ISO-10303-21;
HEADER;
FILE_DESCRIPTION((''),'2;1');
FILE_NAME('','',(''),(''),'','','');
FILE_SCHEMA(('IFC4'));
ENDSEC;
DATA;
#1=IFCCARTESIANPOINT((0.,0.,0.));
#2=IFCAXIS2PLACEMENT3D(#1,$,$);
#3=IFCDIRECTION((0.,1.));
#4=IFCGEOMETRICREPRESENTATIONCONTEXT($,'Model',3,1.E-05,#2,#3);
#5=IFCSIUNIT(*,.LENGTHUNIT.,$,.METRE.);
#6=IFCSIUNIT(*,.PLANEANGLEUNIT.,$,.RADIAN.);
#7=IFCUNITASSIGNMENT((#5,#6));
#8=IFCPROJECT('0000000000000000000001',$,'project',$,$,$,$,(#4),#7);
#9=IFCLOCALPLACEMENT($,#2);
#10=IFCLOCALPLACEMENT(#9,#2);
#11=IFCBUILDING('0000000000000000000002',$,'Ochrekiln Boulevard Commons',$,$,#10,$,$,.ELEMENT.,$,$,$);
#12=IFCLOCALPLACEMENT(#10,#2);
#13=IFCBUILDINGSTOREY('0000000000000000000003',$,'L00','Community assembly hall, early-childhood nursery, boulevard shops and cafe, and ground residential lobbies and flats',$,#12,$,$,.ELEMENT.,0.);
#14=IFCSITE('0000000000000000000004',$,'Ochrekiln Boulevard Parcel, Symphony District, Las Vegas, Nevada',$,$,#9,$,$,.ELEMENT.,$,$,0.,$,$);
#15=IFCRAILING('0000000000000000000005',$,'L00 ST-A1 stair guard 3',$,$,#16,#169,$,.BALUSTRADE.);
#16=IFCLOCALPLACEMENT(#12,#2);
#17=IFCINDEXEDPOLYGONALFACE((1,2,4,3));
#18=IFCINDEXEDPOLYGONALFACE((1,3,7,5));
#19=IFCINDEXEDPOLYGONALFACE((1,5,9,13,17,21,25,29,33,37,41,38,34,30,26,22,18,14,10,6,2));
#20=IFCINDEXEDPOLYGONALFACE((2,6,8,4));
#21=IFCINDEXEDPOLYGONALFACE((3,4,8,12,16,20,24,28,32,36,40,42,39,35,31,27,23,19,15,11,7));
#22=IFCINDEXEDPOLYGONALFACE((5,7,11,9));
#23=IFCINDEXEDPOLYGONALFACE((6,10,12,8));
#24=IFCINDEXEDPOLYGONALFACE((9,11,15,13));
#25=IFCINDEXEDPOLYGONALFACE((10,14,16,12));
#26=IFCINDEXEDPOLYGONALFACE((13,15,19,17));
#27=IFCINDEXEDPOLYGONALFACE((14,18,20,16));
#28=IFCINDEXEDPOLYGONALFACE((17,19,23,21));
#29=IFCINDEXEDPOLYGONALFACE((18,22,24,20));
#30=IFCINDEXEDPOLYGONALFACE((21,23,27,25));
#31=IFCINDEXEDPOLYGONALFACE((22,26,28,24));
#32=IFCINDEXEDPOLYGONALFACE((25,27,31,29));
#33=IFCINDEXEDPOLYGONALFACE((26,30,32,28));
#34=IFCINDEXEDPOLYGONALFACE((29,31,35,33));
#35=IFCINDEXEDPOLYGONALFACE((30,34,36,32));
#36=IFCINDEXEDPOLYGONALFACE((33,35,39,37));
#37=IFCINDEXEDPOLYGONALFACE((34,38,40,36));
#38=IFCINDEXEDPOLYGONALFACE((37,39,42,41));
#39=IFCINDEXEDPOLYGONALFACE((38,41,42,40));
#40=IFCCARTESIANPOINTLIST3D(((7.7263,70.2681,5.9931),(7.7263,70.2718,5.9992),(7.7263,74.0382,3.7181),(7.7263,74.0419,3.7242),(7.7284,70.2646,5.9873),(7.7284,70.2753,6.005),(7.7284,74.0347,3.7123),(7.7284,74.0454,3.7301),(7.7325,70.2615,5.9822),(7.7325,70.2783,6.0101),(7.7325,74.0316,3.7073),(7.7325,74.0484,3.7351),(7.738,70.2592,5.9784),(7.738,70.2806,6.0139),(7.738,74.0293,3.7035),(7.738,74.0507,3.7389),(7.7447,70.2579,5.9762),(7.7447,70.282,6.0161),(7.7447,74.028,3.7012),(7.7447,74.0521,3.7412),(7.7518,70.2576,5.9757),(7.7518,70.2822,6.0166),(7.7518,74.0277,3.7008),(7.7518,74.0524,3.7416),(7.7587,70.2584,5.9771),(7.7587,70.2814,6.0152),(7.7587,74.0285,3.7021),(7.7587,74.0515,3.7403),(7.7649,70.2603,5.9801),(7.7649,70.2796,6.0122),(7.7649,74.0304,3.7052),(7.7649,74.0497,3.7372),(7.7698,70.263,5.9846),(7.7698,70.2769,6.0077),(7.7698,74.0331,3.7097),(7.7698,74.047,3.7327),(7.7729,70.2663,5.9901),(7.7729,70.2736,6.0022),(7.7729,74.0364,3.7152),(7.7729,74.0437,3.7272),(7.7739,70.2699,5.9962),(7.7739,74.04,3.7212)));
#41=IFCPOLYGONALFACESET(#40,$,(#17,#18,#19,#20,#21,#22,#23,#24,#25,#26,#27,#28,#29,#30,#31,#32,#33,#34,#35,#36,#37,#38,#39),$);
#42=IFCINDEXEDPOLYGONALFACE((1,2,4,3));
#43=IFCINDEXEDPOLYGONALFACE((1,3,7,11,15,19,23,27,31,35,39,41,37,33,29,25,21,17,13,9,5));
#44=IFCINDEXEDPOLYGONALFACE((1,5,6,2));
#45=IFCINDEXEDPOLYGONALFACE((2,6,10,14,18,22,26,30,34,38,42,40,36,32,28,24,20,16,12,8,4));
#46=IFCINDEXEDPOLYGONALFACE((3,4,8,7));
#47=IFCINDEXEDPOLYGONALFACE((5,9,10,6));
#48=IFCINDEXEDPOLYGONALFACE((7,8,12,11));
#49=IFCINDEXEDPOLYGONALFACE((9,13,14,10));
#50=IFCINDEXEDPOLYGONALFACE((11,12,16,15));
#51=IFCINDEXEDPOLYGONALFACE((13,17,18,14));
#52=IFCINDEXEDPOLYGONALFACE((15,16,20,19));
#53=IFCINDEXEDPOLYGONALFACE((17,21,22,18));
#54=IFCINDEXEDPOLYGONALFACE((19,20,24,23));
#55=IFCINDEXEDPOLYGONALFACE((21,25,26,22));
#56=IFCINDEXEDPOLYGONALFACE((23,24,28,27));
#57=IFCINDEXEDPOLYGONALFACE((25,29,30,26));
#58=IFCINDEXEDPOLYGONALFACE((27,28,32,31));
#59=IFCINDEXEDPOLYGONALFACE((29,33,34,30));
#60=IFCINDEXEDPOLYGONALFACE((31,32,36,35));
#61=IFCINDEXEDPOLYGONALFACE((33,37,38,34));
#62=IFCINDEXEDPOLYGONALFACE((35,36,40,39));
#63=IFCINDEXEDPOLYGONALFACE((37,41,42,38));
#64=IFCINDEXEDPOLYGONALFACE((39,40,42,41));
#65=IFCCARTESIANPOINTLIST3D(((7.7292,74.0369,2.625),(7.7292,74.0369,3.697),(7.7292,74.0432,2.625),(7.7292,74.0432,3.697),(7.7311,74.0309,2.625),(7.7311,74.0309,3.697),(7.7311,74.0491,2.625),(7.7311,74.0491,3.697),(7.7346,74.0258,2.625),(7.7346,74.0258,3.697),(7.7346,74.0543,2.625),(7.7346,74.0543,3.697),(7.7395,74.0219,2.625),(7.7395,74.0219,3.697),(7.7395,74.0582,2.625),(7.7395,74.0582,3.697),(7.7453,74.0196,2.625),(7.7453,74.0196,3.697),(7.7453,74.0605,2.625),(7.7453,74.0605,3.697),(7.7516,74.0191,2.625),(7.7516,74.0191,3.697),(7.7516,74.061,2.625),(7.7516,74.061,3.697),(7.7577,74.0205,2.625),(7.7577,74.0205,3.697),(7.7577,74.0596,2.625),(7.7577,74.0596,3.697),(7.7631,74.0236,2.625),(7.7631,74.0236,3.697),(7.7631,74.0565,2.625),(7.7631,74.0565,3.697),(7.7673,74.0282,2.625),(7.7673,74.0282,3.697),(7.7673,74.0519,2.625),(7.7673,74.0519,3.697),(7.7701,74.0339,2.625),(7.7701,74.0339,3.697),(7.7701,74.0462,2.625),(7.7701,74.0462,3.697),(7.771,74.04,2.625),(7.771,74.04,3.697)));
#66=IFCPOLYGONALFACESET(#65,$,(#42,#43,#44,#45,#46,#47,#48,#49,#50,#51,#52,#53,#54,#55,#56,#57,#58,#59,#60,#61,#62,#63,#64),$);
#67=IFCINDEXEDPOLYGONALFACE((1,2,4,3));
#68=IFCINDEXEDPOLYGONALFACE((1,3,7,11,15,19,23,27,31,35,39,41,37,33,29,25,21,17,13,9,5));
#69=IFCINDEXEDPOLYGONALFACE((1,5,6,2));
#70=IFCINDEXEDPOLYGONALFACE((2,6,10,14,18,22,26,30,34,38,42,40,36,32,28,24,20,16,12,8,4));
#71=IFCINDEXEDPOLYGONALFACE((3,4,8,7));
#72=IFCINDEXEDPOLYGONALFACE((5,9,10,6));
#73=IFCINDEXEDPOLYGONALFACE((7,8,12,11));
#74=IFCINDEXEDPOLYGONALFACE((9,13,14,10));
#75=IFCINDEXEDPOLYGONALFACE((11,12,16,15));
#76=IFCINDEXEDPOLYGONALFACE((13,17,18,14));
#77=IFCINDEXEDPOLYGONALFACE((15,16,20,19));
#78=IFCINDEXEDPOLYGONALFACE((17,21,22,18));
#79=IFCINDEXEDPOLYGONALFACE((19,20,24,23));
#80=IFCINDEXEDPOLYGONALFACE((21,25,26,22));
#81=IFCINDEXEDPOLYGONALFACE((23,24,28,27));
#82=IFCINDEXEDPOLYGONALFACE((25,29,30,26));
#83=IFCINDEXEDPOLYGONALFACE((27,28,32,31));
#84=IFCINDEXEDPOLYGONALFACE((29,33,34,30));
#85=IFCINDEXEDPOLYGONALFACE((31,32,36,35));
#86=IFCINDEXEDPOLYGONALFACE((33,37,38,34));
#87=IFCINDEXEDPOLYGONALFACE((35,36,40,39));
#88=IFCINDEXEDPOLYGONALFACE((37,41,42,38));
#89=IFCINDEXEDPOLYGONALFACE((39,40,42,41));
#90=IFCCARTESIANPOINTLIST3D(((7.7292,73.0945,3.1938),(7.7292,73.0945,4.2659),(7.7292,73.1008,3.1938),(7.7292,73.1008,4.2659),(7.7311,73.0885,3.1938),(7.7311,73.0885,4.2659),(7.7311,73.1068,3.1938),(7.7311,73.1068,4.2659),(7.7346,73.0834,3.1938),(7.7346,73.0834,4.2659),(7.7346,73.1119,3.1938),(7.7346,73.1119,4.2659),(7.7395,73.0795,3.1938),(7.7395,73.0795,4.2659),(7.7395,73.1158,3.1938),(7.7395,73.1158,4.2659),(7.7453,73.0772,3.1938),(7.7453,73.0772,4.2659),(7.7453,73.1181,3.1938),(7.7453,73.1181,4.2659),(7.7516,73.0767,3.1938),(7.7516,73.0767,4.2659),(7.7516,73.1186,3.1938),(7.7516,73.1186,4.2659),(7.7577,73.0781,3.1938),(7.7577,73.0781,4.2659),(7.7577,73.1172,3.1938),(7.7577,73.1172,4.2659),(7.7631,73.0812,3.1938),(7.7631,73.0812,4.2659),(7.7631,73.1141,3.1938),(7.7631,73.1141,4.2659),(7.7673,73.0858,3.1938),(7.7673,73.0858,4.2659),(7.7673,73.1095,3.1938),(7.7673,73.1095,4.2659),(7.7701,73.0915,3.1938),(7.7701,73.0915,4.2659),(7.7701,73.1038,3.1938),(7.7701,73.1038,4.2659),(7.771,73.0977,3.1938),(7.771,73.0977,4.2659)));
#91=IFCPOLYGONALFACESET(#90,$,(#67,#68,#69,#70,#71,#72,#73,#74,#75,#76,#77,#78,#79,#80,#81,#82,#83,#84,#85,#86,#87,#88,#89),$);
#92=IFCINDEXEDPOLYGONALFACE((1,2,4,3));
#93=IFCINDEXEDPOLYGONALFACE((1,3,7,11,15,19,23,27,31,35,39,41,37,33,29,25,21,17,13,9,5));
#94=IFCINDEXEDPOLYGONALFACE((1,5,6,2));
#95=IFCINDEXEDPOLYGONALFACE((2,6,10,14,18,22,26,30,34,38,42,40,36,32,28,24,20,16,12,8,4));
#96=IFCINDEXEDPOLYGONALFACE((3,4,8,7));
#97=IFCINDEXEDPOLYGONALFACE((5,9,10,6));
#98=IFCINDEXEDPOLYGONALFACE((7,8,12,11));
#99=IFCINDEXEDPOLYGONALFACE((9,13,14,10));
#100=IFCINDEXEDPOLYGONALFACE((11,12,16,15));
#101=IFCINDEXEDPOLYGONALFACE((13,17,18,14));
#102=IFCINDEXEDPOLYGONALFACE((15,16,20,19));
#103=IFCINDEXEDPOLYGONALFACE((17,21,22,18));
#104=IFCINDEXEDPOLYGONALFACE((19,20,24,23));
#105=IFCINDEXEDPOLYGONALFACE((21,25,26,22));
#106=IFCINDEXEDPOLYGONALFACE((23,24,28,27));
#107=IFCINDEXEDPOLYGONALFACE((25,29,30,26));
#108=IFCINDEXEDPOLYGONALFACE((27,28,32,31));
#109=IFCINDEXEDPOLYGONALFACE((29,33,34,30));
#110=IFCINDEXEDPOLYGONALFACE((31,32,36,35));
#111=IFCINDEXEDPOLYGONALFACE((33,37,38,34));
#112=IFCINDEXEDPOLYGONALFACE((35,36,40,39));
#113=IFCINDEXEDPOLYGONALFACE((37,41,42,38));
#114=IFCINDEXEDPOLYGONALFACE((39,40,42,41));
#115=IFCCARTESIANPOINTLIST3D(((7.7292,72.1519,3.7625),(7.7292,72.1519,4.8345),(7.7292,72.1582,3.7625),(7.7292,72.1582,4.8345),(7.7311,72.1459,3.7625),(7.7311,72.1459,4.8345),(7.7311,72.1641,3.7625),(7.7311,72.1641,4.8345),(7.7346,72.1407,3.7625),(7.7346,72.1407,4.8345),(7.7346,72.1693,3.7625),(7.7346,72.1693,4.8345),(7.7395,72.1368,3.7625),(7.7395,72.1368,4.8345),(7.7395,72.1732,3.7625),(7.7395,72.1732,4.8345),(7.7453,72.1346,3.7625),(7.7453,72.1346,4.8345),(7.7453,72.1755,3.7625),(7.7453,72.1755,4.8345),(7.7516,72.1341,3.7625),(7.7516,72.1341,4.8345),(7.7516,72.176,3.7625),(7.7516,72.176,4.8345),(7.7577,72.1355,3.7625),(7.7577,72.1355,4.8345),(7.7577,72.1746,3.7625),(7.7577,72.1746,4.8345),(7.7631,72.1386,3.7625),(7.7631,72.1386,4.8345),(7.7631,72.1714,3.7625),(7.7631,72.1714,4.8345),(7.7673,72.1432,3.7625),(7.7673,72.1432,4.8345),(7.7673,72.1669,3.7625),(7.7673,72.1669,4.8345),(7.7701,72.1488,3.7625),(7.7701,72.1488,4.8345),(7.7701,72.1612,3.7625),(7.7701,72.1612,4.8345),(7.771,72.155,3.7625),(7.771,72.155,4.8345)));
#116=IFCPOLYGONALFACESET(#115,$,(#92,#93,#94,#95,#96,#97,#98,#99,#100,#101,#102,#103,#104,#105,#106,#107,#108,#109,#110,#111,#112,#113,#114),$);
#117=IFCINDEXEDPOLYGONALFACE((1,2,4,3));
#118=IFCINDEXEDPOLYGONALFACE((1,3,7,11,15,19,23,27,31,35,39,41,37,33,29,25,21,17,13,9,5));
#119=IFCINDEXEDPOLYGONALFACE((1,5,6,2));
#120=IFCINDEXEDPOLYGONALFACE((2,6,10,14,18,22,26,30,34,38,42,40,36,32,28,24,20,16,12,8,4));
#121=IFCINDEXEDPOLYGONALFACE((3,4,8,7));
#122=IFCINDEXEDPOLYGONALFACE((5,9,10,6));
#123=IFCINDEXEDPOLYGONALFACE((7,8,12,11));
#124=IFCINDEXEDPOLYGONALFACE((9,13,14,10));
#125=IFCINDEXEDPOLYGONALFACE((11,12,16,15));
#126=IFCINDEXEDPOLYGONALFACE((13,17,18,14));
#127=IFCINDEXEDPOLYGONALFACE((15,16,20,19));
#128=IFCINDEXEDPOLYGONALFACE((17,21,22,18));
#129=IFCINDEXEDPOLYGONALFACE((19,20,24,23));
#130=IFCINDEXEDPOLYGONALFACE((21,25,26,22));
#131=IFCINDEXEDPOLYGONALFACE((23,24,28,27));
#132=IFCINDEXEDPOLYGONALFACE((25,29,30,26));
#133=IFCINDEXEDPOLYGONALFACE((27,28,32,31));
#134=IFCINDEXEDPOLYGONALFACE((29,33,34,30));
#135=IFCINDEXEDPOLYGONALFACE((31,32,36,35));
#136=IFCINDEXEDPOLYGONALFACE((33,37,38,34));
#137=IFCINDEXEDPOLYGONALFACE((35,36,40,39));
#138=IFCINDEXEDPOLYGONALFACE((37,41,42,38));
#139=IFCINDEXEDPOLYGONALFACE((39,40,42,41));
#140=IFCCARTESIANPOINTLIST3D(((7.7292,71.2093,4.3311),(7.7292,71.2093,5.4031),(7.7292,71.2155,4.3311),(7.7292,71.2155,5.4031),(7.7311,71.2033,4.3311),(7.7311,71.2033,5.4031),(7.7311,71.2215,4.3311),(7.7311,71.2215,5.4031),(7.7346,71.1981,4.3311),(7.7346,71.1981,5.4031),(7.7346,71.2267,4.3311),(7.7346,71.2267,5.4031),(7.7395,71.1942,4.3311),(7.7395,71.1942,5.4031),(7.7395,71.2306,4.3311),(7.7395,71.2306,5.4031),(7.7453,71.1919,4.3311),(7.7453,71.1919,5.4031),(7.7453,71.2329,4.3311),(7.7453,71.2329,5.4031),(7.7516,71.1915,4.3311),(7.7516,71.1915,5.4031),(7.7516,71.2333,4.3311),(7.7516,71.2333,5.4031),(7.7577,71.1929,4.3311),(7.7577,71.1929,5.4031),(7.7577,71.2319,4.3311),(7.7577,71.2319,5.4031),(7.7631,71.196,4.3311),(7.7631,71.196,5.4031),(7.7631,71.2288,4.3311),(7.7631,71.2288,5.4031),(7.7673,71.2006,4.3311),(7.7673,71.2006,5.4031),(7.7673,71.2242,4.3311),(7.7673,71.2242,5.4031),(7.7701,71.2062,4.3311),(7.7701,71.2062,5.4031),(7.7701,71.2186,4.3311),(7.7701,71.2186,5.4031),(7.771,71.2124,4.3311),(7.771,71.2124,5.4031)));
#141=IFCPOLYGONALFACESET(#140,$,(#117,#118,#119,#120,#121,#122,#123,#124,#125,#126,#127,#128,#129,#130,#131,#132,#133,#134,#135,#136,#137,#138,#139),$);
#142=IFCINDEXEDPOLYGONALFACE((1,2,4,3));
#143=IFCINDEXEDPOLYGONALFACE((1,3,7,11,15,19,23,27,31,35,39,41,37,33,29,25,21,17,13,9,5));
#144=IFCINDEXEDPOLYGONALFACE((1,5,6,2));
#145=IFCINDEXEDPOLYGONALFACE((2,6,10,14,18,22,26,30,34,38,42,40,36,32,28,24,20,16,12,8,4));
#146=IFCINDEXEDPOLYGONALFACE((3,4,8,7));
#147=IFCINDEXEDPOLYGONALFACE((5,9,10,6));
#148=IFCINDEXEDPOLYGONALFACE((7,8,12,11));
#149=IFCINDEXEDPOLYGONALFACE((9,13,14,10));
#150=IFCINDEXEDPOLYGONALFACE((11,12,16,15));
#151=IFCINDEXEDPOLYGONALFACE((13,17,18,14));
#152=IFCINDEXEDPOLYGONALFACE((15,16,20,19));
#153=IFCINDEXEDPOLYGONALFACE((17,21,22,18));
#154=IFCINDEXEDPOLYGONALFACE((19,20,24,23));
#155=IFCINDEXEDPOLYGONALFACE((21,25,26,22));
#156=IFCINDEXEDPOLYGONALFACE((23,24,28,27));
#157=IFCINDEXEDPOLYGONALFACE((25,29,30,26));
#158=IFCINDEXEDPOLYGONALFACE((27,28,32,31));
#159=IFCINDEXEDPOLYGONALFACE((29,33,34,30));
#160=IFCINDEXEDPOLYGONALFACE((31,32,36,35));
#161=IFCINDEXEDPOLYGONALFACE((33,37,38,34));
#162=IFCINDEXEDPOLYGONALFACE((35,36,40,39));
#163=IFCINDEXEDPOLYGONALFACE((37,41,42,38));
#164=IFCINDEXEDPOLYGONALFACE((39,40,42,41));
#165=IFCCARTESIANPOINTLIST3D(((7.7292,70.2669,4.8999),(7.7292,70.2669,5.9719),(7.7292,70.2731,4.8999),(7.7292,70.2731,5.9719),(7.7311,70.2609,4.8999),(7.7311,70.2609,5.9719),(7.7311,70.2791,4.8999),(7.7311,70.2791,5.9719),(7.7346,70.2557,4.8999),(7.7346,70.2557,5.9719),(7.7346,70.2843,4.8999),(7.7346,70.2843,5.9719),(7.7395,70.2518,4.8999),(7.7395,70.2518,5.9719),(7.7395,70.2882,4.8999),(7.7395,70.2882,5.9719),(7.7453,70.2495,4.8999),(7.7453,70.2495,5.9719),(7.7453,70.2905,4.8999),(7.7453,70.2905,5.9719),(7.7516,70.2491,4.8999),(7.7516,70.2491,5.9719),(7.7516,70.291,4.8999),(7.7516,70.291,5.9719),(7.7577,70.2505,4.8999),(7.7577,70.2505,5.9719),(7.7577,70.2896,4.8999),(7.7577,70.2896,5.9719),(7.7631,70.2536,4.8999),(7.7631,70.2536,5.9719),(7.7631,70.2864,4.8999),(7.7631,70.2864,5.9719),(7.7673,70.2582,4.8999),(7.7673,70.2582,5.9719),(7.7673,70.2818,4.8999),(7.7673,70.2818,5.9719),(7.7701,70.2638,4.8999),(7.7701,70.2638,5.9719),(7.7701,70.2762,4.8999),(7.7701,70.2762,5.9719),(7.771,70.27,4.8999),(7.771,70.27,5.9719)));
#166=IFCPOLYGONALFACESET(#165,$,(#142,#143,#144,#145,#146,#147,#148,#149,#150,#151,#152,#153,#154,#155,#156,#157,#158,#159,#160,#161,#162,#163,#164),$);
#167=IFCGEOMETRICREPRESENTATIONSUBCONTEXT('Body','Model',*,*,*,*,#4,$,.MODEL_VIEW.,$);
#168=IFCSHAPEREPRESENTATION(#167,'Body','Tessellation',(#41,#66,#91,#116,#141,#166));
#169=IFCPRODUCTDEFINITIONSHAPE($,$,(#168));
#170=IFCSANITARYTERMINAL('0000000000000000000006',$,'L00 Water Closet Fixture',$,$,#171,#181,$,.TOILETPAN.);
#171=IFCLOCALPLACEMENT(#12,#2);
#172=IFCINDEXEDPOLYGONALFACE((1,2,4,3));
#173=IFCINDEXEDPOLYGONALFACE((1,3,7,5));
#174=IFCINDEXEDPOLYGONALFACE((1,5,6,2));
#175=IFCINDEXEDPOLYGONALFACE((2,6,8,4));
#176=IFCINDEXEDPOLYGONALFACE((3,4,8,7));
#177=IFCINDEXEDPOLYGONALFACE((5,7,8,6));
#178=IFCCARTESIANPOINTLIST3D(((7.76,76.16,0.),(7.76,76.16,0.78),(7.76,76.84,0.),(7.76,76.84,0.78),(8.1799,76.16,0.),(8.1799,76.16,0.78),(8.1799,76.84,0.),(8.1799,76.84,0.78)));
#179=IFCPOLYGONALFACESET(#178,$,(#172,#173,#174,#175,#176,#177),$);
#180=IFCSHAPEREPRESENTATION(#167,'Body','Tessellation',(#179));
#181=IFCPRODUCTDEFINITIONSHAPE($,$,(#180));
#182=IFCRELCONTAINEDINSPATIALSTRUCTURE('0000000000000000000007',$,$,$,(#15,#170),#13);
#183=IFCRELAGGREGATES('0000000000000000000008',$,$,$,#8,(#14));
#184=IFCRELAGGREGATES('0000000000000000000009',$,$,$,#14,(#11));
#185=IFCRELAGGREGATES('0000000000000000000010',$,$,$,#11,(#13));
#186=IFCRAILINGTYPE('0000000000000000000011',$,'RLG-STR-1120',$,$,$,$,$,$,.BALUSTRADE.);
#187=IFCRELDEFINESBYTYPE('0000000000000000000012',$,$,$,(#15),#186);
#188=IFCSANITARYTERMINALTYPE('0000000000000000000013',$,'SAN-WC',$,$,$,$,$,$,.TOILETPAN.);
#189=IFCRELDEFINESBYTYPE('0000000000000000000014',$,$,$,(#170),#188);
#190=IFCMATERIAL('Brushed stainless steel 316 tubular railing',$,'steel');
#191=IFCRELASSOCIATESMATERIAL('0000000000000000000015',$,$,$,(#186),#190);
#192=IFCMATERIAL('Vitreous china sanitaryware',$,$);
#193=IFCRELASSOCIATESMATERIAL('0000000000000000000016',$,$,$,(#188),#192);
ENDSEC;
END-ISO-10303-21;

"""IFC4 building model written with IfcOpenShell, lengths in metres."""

from ifc_helpers import new_model, si_unit, direction, frame, origin, origin_2d, place, context, subcontext, project, spatial, rectangle, circle, extrude, material, type_object, element, save


model = new_model("IFC4")

# Units and contexts
model_context = context("Model", 3, precision=1e-05, world=origin(), true_north=direction((0.0, 1.0)))
body_context = subcontext(model_context, "Body", "Model", "MODEL_VIEW")
ifc_project = project(units=[si_unit("LENGTHUNIT", "METRE"), si_unit("PLANEANGLEUNIT", "RADIAN")], contexts=[model_context])

# Site, building, storey
site_placement = place(None, origin())
site = spatial("IfcSite", under=ifc_project, at=site_placement, Name="Ochrekiln Boulevard Parcel, Symphony District, Las Vegas, Nevada", CompositionType="ELEMENT", RefElevation=0.0)
building_placement = place(site_placement, origin())
building = spatial("IfcBuilding", under=site, at=building_placement, Name="Ochrekiln Boulevard Commons", CompositionType="ELEMENT")
storey_placement = place(building_placement, origin())
storey = spatial("IfcBuildingStorey", under=building, at=storey_placement, Name="L00", Description="Community assembly hall, early-childhood nursery, boulevard shops and cafe, and ground residential lobbies and flats", CompositionType="ELEMENT", Elevation=0.0)

# Railing
ifc_material_1 = material(Name="Brushed stainless steel 316 tubular railing", Category="steel")
railing_type_1 = type_object("IfcRailingType", Name="RLG-STR-1120", PredefinedType="BALUSTRADE", material=ifc_material_1)
railing_1_placement = place(storey_placement, frame((7.75, 74.04, 2.625)))
element("IfcRailing", 1, at=railing_1_placement, inside=storey, type_object=railing_type_1, Name="L00 ST-A1 stair guard 3", PredefinedType="BALUSTRADE", context=body_context, shape_type="SweptSolid", body=[
    extrude(circle(Radius=0.0239, at=origin_2d()), frame((0.0, 0.0, 1.0962), z_axis=(0.0, -0.856199, 0.516647), x_axis=(1.0, 0.0, 0.0)), (0.0, 0.0, 1.0), 4.4033),
    extrude(circle(Radius=0.021, at=origin_2d()), origin(), (0.0, 0.0, 1.0), 1.072),
    extrude(circle(Radius=0.021, at=origin_2d()), frame((0.0, -0.9424, 0.5688)), (0.0, 0.0, 1.0), 1.072),
    extrude(circle(Radius=0.021, at=origin_2d()), frame((0.0, -1.885, 1.1375)), (0.0, 0.0, 1.0), 1.072),
    extrude(circle(Radius=0.021, at=origin_2d()), frame((0.0, -2.8276, 1.7061)), (0.0, 0.0, 1.0), 1.072),
    extrude(circle(Radius=0.021, at=origin_2d()), frame((0.0, -3.77, 2.2749)), (0.0, 0.0, 1.0), 1.072),
])

# Sanitary terminal
ifc_material_2 = material(Name="Vitreous china sanitaryware")
sanitary_terminal_type = type_object("IfcSanitaryTerminalType", Name="SAN-WC", PredefinedType="TOILETPAN", material=ifc_material_2)
sanitary_terminal_placement = place(storey_placement, frame((7.97, 76.5, 0.0), z_axis=(0.0, 0.0, 1.0), x_axis=(1.0, 0.0, 0.0)))
element("IfcSanitaryTerminal", 2, at=sanitary_terminal_placement, inside=storey, type_object=sanitary_terminal_type, Name="L00 Water Closet Fixture", PredefinedType="TOILETPAN", context=body_context, shape_type="SweptSolid", body=[
    extrude(rectangle(XDim=0.4199, YDim=0.6799, at=origin_2d()), origin(), (0.0, 0.0, 1.0), 0.78),
])

save(model, "model.ifc")
